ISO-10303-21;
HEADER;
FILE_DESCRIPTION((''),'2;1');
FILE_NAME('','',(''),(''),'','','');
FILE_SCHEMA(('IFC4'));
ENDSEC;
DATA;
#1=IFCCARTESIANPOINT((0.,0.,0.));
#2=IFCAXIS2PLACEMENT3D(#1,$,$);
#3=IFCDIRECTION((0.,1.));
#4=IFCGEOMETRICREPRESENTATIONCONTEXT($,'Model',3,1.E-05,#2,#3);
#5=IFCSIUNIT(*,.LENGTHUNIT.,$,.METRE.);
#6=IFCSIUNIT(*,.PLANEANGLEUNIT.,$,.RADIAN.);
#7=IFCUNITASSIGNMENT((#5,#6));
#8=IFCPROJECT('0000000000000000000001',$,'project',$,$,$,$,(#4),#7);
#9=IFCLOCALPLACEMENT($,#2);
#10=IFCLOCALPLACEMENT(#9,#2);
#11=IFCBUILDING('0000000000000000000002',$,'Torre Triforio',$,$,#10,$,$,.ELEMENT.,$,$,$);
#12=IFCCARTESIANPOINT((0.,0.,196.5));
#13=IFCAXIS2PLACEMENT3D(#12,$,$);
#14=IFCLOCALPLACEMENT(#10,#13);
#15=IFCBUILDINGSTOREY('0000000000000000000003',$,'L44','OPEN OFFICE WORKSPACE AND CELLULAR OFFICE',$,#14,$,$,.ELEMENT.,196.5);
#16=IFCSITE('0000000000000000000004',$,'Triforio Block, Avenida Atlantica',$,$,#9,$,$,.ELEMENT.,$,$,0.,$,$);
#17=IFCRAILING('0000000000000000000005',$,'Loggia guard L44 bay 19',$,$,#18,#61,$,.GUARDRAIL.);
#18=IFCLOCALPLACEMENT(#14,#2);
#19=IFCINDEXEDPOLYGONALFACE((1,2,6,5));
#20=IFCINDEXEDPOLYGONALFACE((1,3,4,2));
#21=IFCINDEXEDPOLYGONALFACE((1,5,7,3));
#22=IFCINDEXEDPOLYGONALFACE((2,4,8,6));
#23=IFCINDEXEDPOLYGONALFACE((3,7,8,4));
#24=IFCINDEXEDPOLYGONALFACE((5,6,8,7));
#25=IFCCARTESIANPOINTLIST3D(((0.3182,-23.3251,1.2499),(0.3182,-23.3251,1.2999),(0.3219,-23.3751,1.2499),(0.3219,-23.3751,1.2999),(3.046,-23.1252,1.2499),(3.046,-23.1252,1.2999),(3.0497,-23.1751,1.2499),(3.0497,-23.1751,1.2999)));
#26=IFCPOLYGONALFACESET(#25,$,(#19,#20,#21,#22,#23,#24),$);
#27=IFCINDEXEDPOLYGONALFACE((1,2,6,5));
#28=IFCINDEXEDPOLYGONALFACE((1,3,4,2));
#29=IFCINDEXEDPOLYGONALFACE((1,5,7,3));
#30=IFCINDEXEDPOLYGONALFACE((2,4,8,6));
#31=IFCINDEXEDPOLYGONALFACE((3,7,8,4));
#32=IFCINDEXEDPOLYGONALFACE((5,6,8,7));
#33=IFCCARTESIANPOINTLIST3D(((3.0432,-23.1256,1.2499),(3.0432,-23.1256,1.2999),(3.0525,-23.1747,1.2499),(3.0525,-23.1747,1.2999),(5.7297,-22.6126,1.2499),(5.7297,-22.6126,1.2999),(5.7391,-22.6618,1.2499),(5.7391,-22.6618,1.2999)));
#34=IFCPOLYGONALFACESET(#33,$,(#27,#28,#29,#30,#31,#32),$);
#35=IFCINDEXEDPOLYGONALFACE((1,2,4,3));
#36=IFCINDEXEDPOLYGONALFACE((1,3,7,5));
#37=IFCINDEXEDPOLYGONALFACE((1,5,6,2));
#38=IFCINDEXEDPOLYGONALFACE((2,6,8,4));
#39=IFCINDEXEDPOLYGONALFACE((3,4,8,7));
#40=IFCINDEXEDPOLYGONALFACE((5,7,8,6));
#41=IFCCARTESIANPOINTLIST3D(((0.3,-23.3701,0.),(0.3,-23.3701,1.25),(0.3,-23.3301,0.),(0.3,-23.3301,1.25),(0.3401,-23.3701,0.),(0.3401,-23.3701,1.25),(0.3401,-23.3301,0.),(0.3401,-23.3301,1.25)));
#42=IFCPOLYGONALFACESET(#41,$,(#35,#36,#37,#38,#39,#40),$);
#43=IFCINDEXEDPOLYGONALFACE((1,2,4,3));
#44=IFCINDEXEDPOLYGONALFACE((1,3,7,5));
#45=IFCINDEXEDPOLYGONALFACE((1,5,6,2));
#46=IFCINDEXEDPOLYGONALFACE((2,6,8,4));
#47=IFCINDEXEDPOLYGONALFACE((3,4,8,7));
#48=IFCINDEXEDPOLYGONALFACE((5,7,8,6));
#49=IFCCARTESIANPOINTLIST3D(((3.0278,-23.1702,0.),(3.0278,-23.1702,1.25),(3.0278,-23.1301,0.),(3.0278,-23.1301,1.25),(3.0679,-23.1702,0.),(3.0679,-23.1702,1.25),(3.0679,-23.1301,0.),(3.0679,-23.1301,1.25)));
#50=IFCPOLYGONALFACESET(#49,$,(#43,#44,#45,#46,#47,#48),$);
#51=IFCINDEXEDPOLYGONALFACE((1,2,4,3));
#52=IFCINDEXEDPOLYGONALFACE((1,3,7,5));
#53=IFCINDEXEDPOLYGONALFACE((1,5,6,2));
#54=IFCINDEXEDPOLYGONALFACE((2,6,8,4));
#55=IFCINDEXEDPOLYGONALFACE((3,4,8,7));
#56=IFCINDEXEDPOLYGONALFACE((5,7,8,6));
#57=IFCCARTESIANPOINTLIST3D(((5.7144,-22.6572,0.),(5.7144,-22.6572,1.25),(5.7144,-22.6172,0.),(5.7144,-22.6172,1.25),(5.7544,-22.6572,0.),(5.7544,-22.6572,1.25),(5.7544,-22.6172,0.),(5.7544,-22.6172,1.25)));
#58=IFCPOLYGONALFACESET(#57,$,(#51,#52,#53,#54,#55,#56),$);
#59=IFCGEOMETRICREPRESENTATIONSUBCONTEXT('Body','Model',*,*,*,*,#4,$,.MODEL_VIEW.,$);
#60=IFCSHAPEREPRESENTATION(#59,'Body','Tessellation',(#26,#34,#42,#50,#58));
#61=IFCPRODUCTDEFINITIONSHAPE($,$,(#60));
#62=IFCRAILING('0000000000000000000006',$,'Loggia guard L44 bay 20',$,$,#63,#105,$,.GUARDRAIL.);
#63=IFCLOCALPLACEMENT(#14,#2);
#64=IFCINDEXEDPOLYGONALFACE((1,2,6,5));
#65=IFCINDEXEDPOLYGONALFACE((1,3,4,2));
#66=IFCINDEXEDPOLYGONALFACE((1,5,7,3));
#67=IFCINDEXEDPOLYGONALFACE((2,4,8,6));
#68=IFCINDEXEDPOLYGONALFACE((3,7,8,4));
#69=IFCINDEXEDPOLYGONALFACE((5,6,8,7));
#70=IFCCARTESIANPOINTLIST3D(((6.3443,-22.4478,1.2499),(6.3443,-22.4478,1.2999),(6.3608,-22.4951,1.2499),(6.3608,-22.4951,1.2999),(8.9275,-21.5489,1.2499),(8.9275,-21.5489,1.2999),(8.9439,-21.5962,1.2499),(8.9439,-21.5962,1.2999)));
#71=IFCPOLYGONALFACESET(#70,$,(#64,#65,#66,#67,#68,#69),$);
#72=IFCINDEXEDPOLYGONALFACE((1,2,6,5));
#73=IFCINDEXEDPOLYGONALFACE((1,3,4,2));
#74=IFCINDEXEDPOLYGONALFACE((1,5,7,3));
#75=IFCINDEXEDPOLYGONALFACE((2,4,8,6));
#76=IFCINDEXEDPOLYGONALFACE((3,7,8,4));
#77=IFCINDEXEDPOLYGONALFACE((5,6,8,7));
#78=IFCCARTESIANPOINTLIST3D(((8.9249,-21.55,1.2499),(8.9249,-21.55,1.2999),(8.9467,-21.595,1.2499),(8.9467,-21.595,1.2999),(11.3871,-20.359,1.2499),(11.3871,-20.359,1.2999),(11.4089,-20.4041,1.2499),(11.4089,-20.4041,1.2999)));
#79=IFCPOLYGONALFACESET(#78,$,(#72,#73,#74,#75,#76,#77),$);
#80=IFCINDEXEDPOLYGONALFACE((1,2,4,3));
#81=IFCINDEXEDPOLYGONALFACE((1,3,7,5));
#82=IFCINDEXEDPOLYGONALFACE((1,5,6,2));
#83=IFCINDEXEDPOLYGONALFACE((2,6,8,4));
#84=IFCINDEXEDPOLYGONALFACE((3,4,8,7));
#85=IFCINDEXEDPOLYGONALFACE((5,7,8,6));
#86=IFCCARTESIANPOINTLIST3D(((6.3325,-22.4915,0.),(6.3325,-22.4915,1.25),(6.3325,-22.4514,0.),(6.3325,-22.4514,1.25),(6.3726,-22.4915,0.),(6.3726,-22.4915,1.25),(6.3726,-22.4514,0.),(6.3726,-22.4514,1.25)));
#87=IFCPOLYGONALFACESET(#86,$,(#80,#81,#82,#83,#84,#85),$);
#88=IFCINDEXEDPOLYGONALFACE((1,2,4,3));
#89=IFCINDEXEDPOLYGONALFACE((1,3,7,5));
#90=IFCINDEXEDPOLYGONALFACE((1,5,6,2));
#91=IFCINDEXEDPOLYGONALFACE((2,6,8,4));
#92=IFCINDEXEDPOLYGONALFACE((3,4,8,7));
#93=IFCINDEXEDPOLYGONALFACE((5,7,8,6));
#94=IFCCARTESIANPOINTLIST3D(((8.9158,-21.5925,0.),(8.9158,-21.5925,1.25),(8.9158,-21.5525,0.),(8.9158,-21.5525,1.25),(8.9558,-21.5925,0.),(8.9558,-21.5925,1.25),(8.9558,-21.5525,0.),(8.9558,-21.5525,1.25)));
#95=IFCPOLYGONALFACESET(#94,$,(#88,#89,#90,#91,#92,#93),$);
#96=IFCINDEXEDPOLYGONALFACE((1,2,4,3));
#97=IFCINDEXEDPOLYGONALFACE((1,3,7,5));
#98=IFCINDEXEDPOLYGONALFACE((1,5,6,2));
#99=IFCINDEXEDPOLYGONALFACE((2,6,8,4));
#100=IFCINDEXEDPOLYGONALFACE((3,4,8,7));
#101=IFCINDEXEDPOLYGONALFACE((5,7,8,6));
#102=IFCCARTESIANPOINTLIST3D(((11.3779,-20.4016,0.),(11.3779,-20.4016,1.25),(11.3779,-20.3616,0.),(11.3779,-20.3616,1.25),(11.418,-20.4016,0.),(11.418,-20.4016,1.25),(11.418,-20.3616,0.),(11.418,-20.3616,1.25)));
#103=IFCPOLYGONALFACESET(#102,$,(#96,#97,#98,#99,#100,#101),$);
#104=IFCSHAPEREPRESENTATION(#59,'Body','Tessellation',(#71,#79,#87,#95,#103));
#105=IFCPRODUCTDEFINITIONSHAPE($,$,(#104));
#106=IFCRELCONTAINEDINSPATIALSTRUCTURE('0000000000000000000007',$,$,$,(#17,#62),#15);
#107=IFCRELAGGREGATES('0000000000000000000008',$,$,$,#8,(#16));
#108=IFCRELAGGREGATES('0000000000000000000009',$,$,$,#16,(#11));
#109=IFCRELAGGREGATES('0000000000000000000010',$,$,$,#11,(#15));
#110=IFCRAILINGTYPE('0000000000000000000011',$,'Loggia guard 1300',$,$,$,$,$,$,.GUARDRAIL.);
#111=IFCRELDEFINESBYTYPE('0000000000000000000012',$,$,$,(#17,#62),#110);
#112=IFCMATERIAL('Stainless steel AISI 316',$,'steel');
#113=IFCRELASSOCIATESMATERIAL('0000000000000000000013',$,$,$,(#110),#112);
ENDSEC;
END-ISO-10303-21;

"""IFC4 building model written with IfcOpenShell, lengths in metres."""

from ifc_helpers import new_model, si_unit, direction, frame, origin, origin_2d, place, context, subcontext, project, spatial, rectangle, extrude, material, type_object, element, save


model = new_model("IFC4")

# Units and contexts
model_context = context("Model", 3, precision=1e-05, world=origin(), true_north=direction((0.0, 1.0)))
body_context = subcontext(model_context, "Body", "Model", "MODEL_VIEW")
ifc_project = project(units=[si_unit("LENGTHUNIT", "METRE"), si_unit("PLANEANGLEUNIT", "RADIAN")], contexts=[model_context])

# Site, building, storey
site_placement = place(None, origin())
site = spatial("IfcSite", under=ifc_project, at=site_placement, Name="Triforio Block, Avenida Atlantica", CompositionType="ELEMENT", RefElevation=0.0)
building_placement = place(site_placement, origin())
building = spatial("IfcBuilding", under=site, at=building_placement, Name="Torre Triforio", CompositionType="ELEMENT")
storey_placement = place(building_placement, frame((0.0, 0.0, 196.5)))
storey = spatial("IfcBuildingStorey", under=building, at=storey_placement, Name="L44", Description="OPEN OFFICE WORKSPACE AND CELLULAR OFFICE", CompositionType="ELEMENT", Elevation=196.5)

# Railings
ifc_material_1 = material(Name="Stainless steel AISI 316", Category="steel")
railing_type = type_object("IfcRailingType", Name="Loggia guard 1300", PredefinedType="GUARDRAIL", material=ifc_material_1)
railing_1_placement = place(storey_placement, frame((0.3201, -23.3501, 0.0)))
element("IfcRailing", 1, at=railing_1_placement, inside=storey, type_object=railing_type, Name="Loggia guard L44 bay 19", PredefinedType="GUARDRAIL", context=body_context, shape_type="SweptSolid", body=[
    extrude(rectangle(XDim=0.05, YDim=0.05, at=origin_2d()), frame((0.0, 0.0, 1.2749), z_axis=(0.997324, 0.073106, 0.0), x_axis=(-0.073106, 0.997324, 0.0)), (0.0, 0.0, 1.0), 2.7351),
    extrude(rectangle(XDim=0.05, YDim=0.05, at=origin_2d()), frame((2.7278, 0.2, 1.2749), z_axis=(0.982256, 0.187543, 0.0), x_axis=(-0.187543, 0.982256, 0.0)), (0.0, 0.0, 1.0), 2.7351),
    extrude(rectangle(XDim=0.04, YDim=0.04, at=origin_2d()), origin(), (0.0, 0.0, 1.0), 1.25),
    extrude(rectangle(XDim=0.04, YDim=0.04, at=origin_2d()), frame((2.7278, 0.2, 0.0)), (0.0, 0.0, 1.0), 1.25),
    extrude(rectangle(XDim=0.04, YDim=0.04, at=origin_2d()), frame((5.4143, 0.7129, 0.0)), (0.0, 0.0, 1.0), 1.25),
])
railing_2_placement = place(storey_placement, frame((6.3525, -22.4714, 0.0)))
element("IfcRailing", 2, at=railing_2_placement, inside=storey, type_object=railing_type, Name="Loggia guard L44 bay 20", PredefinedType="GUARDRAIL", context=body_context, shape_type="SweptSolid", body=[
    extrude(rectangle(XDim=0.05, YDim=0.05, at=origin_2d()), frame((0.0, 0.0, 1.2749), z_axis=(0.944451, 0.328652, 0.0), x_axis=(-0.328652, 0.944451, 0.0)), (0.0, 0.0, 1.0), 2.7351),
    extrude(rectangle(XDim=0.05, YDim=0.05, at=origin_2d()), frame((2.5833, 0.8989, 1.2749), z_axis=(0.900224, 0.435428, 0.0), x_axis=(-0.435428, 0.900224, 0.0)), (0.0, 0.0, 1.0), 2.7351),
    extrude(rectangle(XDim=0.04, YDim=0.04, at=origin_2d()), origin(), (0.0, 0.0, 1.0), 1.25),
    extrude(rectangle(XDim=0.04, YDim=0.04, at=origin_2d()), frame((2.5833, 0.8989, 0.0)), (0.0, 0.0, 1.0), 1.25),
    extrude(rectangle(XDim=0.04, YDim=0.04, at=origin_2d()), frame((5.0454, 2.0898, 0.0)), (0.0, 0.0, 1.0), 1.25),
])

save(model, "model.ifc")
